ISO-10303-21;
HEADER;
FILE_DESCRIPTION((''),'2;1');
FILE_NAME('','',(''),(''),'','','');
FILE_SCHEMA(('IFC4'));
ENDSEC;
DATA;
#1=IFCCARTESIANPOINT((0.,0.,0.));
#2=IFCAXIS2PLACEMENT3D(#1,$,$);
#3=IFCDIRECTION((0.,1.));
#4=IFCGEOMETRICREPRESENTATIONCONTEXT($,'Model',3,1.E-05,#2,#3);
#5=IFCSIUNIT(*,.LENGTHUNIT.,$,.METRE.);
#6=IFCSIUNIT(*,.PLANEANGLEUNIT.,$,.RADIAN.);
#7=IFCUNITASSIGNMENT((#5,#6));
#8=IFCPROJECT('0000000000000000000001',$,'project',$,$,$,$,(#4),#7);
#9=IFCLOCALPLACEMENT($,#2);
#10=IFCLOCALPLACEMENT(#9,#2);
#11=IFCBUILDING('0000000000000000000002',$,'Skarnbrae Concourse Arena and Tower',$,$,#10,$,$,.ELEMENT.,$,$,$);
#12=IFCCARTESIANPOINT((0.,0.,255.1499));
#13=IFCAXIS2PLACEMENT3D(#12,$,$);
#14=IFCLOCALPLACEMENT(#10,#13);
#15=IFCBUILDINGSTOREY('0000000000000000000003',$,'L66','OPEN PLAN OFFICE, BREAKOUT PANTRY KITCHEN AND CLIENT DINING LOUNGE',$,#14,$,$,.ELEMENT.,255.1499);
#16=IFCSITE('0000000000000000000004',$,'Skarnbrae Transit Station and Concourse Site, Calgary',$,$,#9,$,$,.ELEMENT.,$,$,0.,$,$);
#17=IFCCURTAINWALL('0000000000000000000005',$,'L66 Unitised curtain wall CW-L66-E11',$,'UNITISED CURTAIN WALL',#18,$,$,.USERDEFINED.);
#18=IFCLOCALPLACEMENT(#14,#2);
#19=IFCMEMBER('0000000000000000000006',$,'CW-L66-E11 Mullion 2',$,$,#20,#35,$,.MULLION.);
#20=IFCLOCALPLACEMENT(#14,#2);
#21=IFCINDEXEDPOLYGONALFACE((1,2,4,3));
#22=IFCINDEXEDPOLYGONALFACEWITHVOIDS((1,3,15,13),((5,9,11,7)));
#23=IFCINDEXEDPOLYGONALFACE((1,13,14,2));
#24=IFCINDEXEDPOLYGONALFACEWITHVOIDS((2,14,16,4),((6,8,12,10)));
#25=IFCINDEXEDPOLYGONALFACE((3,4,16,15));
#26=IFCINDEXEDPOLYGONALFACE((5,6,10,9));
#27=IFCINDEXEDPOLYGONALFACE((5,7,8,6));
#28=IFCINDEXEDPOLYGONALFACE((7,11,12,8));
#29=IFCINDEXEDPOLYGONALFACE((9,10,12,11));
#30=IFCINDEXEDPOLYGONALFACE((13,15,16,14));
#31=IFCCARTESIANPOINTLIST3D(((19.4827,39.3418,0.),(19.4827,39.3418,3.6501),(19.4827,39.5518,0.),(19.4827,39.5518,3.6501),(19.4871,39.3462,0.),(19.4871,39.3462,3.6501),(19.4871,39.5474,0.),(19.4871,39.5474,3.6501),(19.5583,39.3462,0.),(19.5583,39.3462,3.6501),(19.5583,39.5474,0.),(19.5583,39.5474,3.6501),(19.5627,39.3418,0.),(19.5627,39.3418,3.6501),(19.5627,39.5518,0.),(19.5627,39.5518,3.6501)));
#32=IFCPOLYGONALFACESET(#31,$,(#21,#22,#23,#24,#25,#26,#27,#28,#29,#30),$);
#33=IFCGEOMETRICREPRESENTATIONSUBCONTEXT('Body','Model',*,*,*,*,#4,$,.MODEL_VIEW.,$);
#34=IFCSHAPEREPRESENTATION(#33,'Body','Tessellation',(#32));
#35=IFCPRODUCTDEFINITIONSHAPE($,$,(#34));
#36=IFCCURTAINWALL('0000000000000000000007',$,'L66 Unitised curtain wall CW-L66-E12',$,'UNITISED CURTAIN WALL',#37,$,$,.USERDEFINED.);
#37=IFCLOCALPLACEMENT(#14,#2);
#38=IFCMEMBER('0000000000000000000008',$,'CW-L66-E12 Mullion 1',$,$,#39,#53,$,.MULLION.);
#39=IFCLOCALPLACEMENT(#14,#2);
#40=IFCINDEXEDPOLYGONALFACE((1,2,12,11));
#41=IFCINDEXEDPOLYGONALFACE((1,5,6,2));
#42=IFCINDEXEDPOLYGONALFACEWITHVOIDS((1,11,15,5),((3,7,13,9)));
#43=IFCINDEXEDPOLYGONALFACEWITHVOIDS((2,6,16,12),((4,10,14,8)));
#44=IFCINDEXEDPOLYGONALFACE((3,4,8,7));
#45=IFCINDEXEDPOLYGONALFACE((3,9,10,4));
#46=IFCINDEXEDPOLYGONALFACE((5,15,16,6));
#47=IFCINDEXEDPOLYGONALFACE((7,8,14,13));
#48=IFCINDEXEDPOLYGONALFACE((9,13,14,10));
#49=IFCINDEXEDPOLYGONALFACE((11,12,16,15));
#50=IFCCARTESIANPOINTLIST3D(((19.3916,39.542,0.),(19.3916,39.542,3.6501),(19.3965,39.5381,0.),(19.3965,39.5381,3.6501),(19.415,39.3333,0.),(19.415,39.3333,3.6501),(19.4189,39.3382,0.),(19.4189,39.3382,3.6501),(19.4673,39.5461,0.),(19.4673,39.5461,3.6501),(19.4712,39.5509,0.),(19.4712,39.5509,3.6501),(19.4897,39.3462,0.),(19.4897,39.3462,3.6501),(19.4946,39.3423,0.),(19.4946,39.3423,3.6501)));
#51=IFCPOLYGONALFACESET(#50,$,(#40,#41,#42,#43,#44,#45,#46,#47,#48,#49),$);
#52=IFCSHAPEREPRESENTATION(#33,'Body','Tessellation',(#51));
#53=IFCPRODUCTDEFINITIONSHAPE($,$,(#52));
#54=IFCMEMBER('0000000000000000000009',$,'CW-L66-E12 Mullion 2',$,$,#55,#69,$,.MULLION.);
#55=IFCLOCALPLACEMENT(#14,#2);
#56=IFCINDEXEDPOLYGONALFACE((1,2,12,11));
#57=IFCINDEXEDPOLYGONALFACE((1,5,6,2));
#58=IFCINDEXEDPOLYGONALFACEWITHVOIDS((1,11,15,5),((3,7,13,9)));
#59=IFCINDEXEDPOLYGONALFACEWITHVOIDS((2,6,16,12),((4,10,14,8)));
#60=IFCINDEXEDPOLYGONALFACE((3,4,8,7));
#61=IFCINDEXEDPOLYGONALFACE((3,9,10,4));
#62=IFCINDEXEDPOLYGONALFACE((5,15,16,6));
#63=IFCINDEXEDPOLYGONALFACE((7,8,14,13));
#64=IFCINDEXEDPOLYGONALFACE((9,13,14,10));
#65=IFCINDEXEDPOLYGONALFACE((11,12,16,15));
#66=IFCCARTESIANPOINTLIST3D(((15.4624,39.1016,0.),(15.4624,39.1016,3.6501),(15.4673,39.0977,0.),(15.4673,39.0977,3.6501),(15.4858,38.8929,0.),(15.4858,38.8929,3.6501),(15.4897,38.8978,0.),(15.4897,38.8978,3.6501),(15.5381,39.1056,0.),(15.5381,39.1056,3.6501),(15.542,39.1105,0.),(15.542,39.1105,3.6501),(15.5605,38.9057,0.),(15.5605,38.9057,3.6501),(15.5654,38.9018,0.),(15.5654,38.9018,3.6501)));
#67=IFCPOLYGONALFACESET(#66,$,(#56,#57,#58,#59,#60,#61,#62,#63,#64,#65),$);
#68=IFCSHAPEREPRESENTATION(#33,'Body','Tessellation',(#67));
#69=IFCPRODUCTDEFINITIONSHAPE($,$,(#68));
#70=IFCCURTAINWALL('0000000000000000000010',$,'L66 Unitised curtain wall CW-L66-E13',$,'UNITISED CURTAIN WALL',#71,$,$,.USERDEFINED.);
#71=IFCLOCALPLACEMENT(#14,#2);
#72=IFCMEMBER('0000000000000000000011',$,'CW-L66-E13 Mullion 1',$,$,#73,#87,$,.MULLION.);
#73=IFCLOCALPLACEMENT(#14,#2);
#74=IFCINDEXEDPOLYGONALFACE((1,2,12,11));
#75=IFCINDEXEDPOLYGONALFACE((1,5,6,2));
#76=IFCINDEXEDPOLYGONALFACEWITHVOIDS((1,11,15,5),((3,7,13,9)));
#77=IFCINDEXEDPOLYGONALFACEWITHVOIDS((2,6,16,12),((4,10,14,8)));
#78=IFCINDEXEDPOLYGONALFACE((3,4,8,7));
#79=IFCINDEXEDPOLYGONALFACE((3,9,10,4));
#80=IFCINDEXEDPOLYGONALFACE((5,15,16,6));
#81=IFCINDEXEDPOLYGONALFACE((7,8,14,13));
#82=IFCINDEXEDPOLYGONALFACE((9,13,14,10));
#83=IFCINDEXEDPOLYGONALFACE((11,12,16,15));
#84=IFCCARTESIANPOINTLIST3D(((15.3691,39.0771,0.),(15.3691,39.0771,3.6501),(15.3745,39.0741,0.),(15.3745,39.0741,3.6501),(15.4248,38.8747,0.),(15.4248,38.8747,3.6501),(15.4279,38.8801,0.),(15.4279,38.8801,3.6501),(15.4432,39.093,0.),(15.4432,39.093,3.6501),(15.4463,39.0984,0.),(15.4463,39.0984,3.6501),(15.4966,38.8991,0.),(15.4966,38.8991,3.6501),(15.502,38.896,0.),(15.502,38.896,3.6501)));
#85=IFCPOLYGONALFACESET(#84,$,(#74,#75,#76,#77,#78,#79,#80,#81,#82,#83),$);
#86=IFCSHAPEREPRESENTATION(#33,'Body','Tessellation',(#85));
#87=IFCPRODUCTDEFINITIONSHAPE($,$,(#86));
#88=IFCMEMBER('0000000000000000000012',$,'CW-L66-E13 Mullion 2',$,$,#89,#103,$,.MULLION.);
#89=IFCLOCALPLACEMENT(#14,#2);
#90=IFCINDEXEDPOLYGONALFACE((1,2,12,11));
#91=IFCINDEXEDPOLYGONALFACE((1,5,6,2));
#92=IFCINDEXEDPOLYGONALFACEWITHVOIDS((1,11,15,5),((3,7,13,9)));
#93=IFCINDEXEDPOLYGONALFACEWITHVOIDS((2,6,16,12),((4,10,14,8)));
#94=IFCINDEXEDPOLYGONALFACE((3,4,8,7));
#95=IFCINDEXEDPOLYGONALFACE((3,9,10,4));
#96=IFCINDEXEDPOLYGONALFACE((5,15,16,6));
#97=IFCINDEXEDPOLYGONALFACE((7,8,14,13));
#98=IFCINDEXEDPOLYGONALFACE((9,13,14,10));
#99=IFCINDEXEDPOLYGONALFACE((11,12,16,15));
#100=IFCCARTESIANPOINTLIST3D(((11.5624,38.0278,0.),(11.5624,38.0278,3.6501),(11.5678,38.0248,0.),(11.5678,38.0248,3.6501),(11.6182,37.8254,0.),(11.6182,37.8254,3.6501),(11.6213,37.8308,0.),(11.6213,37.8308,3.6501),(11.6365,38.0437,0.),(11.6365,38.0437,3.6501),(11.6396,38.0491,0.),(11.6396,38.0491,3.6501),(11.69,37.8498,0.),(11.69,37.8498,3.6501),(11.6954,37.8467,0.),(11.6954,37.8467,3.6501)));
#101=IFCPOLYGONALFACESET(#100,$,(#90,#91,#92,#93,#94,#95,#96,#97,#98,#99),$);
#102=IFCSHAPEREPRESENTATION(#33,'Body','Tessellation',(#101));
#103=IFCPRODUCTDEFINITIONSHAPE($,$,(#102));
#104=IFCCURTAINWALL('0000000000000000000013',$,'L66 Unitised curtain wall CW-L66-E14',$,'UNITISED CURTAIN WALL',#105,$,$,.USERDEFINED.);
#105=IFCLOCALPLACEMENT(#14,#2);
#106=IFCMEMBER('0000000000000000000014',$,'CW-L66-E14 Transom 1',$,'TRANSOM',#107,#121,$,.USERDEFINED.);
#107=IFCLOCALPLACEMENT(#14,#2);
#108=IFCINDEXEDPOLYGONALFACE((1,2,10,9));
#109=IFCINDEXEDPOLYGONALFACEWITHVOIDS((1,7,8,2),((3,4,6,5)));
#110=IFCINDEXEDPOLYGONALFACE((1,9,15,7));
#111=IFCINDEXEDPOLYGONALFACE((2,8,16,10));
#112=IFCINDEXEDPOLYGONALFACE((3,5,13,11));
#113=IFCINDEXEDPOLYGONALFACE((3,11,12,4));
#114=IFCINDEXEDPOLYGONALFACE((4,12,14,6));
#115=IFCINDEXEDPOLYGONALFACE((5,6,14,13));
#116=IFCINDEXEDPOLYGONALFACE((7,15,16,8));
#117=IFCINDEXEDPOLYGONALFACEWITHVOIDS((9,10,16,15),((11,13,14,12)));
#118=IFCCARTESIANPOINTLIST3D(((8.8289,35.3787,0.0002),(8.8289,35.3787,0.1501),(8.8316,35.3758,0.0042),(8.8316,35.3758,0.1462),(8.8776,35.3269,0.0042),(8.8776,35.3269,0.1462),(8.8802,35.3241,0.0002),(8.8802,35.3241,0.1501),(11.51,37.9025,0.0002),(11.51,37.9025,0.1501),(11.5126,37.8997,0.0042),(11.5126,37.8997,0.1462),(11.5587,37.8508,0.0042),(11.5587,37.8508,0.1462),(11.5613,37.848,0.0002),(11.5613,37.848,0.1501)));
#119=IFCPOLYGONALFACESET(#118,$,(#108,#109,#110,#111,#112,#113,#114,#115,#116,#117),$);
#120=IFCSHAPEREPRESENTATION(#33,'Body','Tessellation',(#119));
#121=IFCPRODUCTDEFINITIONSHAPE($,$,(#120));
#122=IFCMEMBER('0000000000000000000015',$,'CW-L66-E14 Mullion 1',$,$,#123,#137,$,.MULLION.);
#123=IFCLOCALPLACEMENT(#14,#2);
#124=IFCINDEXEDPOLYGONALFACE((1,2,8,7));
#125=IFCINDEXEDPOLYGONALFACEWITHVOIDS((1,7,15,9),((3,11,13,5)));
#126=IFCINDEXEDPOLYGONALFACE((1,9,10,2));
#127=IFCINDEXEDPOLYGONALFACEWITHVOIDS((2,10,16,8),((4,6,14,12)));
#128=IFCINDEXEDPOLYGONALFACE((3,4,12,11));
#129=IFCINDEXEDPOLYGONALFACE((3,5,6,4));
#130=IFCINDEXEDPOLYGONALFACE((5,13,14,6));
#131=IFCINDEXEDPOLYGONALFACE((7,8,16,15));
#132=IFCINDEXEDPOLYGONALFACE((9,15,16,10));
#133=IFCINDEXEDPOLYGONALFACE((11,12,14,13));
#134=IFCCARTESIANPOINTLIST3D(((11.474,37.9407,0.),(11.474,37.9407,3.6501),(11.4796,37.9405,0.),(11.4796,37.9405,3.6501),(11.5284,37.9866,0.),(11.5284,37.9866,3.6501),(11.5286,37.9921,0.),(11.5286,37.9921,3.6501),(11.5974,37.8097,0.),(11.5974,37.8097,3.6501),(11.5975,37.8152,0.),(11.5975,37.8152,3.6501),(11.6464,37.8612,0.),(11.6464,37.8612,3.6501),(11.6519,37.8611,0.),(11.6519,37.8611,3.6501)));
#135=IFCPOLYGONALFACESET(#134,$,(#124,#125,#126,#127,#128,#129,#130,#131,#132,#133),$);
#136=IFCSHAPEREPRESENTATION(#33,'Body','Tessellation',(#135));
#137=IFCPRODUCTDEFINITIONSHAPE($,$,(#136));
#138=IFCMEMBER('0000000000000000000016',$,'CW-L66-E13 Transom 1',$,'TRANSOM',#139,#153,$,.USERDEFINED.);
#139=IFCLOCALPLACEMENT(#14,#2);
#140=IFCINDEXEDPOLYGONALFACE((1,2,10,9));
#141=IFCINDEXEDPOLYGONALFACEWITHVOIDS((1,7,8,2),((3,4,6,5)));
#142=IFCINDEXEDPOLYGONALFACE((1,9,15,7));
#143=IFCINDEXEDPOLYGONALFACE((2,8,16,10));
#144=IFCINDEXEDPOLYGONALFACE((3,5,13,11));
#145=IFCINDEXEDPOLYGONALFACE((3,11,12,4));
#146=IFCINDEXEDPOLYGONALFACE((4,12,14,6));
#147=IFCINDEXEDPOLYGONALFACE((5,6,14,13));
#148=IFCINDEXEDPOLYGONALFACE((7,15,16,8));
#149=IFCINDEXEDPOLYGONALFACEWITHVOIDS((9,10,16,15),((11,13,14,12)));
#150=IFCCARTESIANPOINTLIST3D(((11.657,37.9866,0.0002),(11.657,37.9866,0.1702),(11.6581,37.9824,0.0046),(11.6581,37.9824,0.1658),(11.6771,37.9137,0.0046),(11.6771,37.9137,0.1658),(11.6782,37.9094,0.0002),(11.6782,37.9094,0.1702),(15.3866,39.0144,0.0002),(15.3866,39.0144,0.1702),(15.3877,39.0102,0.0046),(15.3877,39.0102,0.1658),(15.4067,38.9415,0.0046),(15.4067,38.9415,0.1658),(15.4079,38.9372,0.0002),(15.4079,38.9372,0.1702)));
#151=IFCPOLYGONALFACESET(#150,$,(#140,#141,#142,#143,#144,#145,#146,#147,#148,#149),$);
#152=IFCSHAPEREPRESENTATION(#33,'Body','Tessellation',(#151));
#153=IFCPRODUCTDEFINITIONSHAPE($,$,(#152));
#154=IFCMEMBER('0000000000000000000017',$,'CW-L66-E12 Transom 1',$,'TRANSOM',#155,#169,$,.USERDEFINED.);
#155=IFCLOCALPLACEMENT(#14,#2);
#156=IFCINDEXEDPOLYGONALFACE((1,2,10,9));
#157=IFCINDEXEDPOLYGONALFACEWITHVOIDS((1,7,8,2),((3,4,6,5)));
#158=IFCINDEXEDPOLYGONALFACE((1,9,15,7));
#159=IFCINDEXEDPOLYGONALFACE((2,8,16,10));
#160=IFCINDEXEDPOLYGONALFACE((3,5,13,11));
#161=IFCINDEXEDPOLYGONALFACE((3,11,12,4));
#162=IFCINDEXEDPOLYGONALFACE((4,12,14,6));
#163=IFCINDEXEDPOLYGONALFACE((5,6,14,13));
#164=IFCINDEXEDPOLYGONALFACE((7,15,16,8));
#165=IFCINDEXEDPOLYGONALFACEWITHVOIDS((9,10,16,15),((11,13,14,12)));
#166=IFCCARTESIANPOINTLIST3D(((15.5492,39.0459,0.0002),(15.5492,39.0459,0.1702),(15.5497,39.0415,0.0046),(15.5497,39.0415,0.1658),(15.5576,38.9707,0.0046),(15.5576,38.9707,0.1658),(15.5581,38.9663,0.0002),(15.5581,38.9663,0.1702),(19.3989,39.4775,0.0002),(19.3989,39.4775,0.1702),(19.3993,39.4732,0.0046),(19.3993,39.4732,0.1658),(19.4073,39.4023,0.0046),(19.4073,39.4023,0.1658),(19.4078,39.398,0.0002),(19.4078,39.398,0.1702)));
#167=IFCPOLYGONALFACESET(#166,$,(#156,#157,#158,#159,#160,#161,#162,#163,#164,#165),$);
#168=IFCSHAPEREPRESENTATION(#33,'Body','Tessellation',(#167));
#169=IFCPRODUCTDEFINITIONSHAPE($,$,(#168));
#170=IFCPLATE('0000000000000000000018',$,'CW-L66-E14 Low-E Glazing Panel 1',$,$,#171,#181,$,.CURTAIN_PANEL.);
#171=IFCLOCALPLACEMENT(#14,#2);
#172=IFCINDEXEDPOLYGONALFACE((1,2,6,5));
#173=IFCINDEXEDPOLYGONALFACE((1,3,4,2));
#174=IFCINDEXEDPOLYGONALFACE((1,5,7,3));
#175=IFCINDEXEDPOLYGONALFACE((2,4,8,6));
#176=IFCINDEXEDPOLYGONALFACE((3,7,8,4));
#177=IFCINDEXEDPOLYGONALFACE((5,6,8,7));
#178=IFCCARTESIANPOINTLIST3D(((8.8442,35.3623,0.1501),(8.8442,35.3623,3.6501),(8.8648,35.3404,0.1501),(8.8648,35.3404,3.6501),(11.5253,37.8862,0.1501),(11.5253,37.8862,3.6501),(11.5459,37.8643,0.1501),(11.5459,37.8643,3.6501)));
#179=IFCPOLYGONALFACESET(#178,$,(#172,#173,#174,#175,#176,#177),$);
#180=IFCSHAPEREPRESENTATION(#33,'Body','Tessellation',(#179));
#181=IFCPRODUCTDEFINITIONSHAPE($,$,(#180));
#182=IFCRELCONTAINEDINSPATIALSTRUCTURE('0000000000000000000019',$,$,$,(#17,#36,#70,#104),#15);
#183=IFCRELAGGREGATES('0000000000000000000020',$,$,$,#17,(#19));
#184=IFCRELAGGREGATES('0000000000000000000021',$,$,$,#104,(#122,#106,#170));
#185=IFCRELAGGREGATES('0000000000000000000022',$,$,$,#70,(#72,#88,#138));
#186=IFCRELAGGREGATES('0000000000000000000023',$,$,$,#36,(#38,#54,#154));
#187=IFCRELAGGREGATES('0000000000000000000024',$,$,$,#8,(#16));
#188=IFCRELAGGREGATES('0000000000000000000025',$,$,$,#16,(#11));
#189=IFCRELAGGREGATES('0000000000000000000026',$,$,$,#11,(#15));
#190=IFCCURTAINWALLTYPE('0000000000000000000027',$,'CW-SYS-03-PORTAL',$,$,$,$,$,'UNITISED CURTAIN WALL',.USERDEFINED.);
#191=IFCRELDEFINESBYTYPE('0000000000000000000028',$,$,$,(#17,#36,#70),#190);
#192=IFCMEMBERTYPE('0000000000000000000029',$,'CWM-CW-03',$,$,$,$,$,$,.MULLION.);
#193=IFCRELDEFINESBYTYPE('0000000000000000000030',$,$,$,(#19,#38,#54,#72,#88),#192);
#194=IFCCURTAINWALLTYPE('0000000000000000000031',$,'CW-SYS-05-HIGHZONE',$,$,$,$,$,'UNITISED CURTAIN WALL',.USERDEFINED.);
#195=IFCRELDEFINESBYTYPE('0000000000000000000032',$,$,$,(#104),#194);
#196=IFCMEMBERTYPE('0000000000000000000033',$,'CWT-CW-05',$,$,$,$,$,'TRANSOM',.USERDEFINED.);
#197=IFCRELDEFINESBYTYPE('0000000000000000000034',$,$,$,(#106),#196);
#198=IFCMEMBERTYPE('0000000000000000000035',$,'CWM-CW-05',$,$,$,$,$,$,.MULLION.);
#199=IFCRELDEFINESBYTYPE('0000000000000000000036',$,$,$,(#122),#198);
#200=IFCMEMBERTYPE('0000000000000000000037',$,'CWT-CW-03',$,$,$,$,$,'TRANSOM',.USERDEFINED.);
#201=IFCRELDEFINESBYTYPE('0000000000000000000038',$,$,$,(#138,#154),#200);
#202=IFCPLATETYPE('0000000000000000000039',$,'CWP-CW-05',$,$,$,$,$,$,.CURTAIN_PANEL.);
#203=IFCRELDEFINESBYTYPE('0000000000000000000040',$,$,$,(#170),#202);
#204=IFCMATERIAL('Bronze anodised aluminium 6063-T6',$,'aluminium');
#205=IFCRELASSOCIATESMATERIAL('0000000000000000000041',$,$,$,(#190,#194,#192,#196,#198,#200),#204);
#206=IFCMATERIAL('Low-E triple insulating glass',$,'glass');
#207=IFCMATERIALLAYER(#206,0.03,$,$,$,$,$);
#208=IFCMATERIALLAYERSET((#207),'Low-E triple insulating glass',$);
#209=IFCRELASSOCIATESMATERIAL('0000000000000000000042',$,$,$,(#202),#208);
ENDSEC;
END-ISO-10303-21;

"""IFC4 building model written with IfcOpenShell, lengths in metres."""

from ifc_helpers import new_model, si_unit, direction, frame, origin, origin_2d, place, context, subcontext, project, spatial, rectangle, hollow_rectangle, extrude, source, transform, mapped, material, layer, layer_set, material_profile, profile_set, type_object, element, aggregate, save


model = new_model("IFC4")

# Units and contexts
model_context = context("Model", 3, precision=1e-05, world=origin(), true_north=direction((0.0, 1.0)))
body_context = subcontext(model_context, "Body", "Model", "MODEL_VIEW")
ifc_project = project(units=[si_unit("LENGTHUNIT", "METRE"), si_unit("PLANEANGLEUNIT", "RADIAN")], contexts=[model_context])

# Site, building, storey
site_placement = place(None, origin())
site = spatial("IfcSite", under=ifc_project, at=site_placement, Name="Skarnbrae Transit Station and Concourse Site, Calgary", CompositionType="ELEMENT", RefElevation=0.0)
building_placement = place(site_placement, origin())
building = spatial("IfcBuilding", under=site, at=building_placement, Name="Skarnbrae Concourse Arena and Tower", CompositionType="ELEMENT")
storey_placement = place(building_placement, frame((0.0, 0.0, 255.1499)))
storey = spatial("IfcBuildingStorey", under=building, at=storey_placement, Name="L66", Description="OPEN PLAN OFFICE, BREAKOUT PANTRY KITCHEN AND CLIENT DINING LOUNGE", CompositionType="ELEMENT", Elevation=255.1499)

# Curtain wall, member
ifc_material_1 = material(Name="Bronze anodised aluminium 6063-T6", Category="aluminium")
curtain_wall_type_1 = type_object("IfcCurtainWallType", Name="CW-SYS-03-PORTAL", ElementType="UNITISED CURTAIN WALL", PredefinedType="USERDEFINED", material=ifc_material_1)
curtain_wall_1_placement = place(storey_placement, origin())
curtain_wall_1 = element("IfcCurtainWall", 1, at=curtain_wall_1_placement, inside=storey, type_object=curtain_wall_type_1, Name="L66 Unitised curtain wall CW-L66-E11", ObjectType="UNITISED CURTAIN WALL", PredefinedType="USERDEFINED")
ifc_material_profile_1 = material_profile(ifc_material_1, hollow_rectangle(XDim=0.0801, YDim=0.21, WallThickness=0.0044, at=origin_2d()), Name="ALU-MULL-80X210")
ifc_profile_set_1 = profile_set([ifc_material_profile_1], Name="Bronze anodised aluminium 6063-T6")
member_type_1 = type_object("IfcMemberType", Name="CWM-CW-03", PredefinedType="MULLION", material=ifc_profile_set_1)
shared_shape_1 = source(origin(), body_context, "Body", "SweptSolid", [
    extrude(hollow_rectangle(XDim=0.0801, YDim=0.21, WallThickness=0.0044, at=origin_2d()), origin(), (0.0, 0.0, 1.0), 3.6501),
])
member_1_placement = place(storey_placement, frame((19.5227, 39.4468, 0.0), z_axis=(0.0, 0.0, 1.0), x_axis=(-1.0, 0.0, 0.0)))
member_1 = element("IfcMember", 2, at=member_1_placement, type_object=member_type_1, Name="CW-L66-E11 Mullion 2", PredefinedType="MULLION", context=body_context, shape_type="MappedRepresentation", body=[
    mapped(shared_shape_1, transform((0.0, 0.0, 0.0))),
])
aggregate(curtain_wall_1, [member_1])

# Curtain walls, members
curtain_wall_2_placement = place(storey_placement, origin())
curtain_wall_2 = element("IfcCurtainWall", 3, at=curtain_wall_2_placement, inside=storey, type_object=curtain_wall_type_1, Name="L66 Unitised curtain wall CW-L66-E12", ObjectType="UNITISED CURTAIN WALL", PredefinedType="USERDEFINED")
member_2_placement = place(storey_placement, frame((19.4431, 39.4421, 0.0), z_axis=(0.0, 0.0, 1.0), x_axis=(-0.993769, -0.11146, 0.0)))
member_2 = element("IfcMember", 4, at=member_2_placement, type_object=member_type_1, Name="CW-L66-E12 Mullion 1", PredefinedType="MULLION", context=body_context, shape_type="MappedRepresentation", body=[
    mapped(shared_shape_1, transform((0.0, 0.0, 0.0))),
])
member_3_placement = place(storey_placement, frame((15.5139, 39.0017, 0.0), z_axis=(0.0, 0.0, 1.0), x_axis=(-0.993769, -0.11146, 0.0)))
member_3 = element("IfcMember", 5, at=member_3_placement, type_object=member_type_1, Name="CW-L66-E12 Mullion 2", PredefinedType="MULLION", context=body_context, shape_type="MappedRepresentation", body=[
    mapped(shared_shape_1, transform((0.0, 0.0, 0.0))),
])
curtain_wall_3_placement = place(storey_placement, origin())
curtain_wall_3 = element("IfcCurtainWall", 6, at=curtain_wall_3_placement, inside=storey, type_object=curtain_wall_type_1, Name="L66 Unitised curtain wall CW-L66-E13", ObjectType="UNITISED CURTAIN WALL", PredefinedType="USERDEFINED")
member_4_placement = place(storey_placement, frame((15.4355, 38.9866, 0.0), z_axis=(0.0, 0.0, 1.0), x_axis=(-0.964057, -0.265694, 0.0)))
member_4 = element("IfcMember", 7, at=member_4_placement, type_object=member_type_1, Name="CW-L66-E13 Mullion 1", PredefinedType="MULLION", context=body_context, shape_type="MappedRepresentation", body=[
    mapped(shared_shape_1, transform((0.0, 0.0, 0.0))),
])
member_5_placement = place(storey_placement, frame((11.6289, 37.9373, 0.0), z_axis=(0.0, 0.0, 1.0), x_axis=(-0.964057, -0.265694, 0.0)))
member_5 = element("IfcMember", 8, at=member_5_placement, type_object=member_type_1, Name="CW-L66-E13 Mullion 2", PredefinedType="MULLION", context=body_context, shape_type="MappedRepresentation", body=[
    mapped(shared_shape_1, transform((0.0, 0.0, 0.0))),
])
curtain_wall_type_2 = type_object("IfcCurtainWallType", Name="CW-SYS-05-HIGHZONE", ElementType="UNITISED CURTAIN WALL", PredefinedType="USERDEFINED", material=ifc_material_1)
curtain_wall_4_placement = place(storey_placement, origin())
curtain_wall_4 = element("IfcCurtainWall", 9, at=curtain_wall_4_placement, inside=storey, type_object=curtain_wall_type_2, Name="L66 Unitised curtain wall CW-L66-E14", ObjectType="UNITISED CURTAIN WALL", PredefinedType="USERDEFINED")
ifc_material_profile_2 = material_profile(ifc_material_1, hollow_rectangle(XDim=0.075, YDim=0.1499, WallThickness=0.0039, at=origin_2d()), Name="ALU-TRAN-75X150")
ifc_profile_set_2 = profile_set([ifc_material_profile_2], Name="Bronze anodised aluminium 6063-T6")
member_type_2 = type_object("IfcMemberType", Name="CWT-CW-05", ElementType="TRANSOM", PredefinedType="USERDEFINED", material=ifc_profile_set_2)
shared_shape_2 = source(origin(), body_context, "Body", "SweptSolid", [
    extrude(hollow_rectangle(XDim=0.075, YDim=0.1499, WallThickness=0.0039, at=origin_2d()), origin(), (0.0, 0.0, 1.0), 3.6821),
])
member_6_placement = place(storey_placement, frame((11.5356, 37.8752, 0.0752), z_axis=(-0.728134, -0.685435, 0.0), x_axis=(0.685435, -0.728134, 0.0)))
member_6 = element("IfcMember", 10, at=member_6_placement, type_object=member_type_2, Name="CW-L66-E14 Transom 1", ObjectType="TRANSOM", PredefinedType="USERDEFINED", context=body_context, shape_type="MappedRepresentation", body=[
    mapped(shared_shape_2, transform((0.0, 0.0, 0.0))),
])
ifc_material_profile_3 = material_profile(ifc_material_1, hollow_rectangle(XDim=0.075, YDim=0.1799, WallThickness=0.0039, at=origin_2d()), Name="ALU-MULL-75X180")
ifc_profile_set_3 = profile_set([ifc_material_profile_3], Name="Bronze anodised aluminium 6063-T6")
member_type_3 = type_object("IfcMemberType", Name="CWM-CW-05", PredefinedType="MULLION", material=ifc_profile_set_3)
shared_shape_3 = source(origin(), body_context, "Body", "SweptSolid", [
    extrude(hollow_rectangle(XDim=0.075, YDim=0.1799, WallThickness=0.0039, at=origin_2d()), origin(), (0.0, 0.0, 1.0), 3.6501),
])
member_7_placement = place(storey_placement, frame((11.563, 37.9009, 0.0), z_axis=(0.0, 0.0, 1.0), x_axis=(-0.728131, -0.685438, 0.0)))
member_7 = element("IfcMember", 11, at=member_7_placement, type_object=member_type_3, Name="CW-L66-E14 Mullion 1", PredefinedType="MULLION", context=body_context, shape_type="MappedRepresentation", body=[
    mapped(shared_shape_3, transform((0.0, 0.0, 0.0))),
])

# Members
ifc_material_profile_4 = material_profile(ifc_material_1, hollow_rectangle(XDim=0.0801, YDim=0.1699, WallThickness=0.0044, at=origin_2d()), Name="ALU-TRAN-80X170")
ifc_profile_set_4 = profile_set([ifc_material_profile_4], Name="Bronze anodised aluminium 6063-T6")
member_type_4 = type_object("IfcMemberType", Name="CWT-CW-03", ElementType="TRANSOM", PredefinedType="USERDEFINED", material=ifc_profile_set_4)
shared_shape_4 = source(origin(), body_context, "Body", "SweptSolid", [
    extrude(hollow_rectangle(XDim=0.0801, YDim=0.1699, WallThickness=0.0044, at=origin_2d()), origin(), (0.0, 0.0, 1.0), 3.8687),
])
member_8_placement = place(storey_placement, frame((15.3972, 38.9758, 0.0852), z_axis=(-0.964063, -0.265674, 0.0), x_axis=(0.265674, -0.964063, 0.0)))
member_8 = element("IfcMember", 12, at=member_8_placement, type_object=member_type_4, Name="CW-L66-E13 Transom 1", ObjectType="TRANSOM", PredefinedType="USERDEFINED", context=body_context, shape_type="MappedRepresentation", body=[
    mapped(shared_shape_4, transform((0.0, 0.0, 0.0))),
])
shared_shape_5 = source(origin(), body_context, "Body", "SweptSolid", [
    extrude(hollow_rectangle(XDim=0.0801, YDim=0.1699, WallThickness=0.0044, at=origin_2d()), origin(), (0.0, 0.0, 1.0), 3.8738),
])
member_9_placement = place(storey_placement, frame((19.4033, 39.4377, 0.0852), z_axis=(-0.993773, -0.111428, 0.0), x_axis=(0.111428, -0.993773, 0.0)))
member_9 = element("IfcMember", 13, at=member_9_placement, type_object=member_type_4, Name="CW-L66-E12 Transom 1", ObjectType="TRANSOM", PredefinedType="USERDEFINED", context=body_context, shape_type="MappedRepresentation", body=[
    mapped(shared_shape_5, transform((0.0, 0.0, 0.0))),
])

# Plate
ifc_material_2 = material(Name="Low-E triple insulating glass", Category="glass")
ifc_layer_1 = layer(ifc_material_2, 0.03)
ifc_layer_set_1 = layer_set([ifc_layer_1], Name="Low-E triple insulating glass")
plate_type_1 = type_object("IfcPlateType", Name="CWP-CW-05", PredefinedType="CURTAIN_PANEL", material=ifc_layer_set_1)
shared_shape_6 = source(origin(), body_context, "Body", "SweptSolid", [
    extrude(rectangle(XDim=3.6821, YDim=0.03, at=origin_2d()), origin(), (0.0, 0.0, 1.0), 3.5),
])
plate_1_placement = place(storey_placement, frame((10.1951, 36.6133, 0.1501), z_axis=(0.0, 0.0, 1.0), x_axis=(-0.728131, -0.685438, 0.0)))
plate_1 = element("IfcPlate", 14, at=plate_1_placement, type_object=plate_type_1, Name="CW-L66-E14 Low-E Glazing Panel 1", PredefinedType="CURTAIN_PANEL", context=body_context, shape_type="MappedRepresentation", body=[
    mapped(shared_shape_6, transform((0.0, 0.0, 0.0))),
])
aggregate(curtain_wall_4, [member_7, member_6, plate_1])
aggregate(curtain_wall_3, [member_4, member_5, member_8])
aggregate(curtain_wall_2, [member_2, member_3, member_9])

save(model, "model.ifc")
